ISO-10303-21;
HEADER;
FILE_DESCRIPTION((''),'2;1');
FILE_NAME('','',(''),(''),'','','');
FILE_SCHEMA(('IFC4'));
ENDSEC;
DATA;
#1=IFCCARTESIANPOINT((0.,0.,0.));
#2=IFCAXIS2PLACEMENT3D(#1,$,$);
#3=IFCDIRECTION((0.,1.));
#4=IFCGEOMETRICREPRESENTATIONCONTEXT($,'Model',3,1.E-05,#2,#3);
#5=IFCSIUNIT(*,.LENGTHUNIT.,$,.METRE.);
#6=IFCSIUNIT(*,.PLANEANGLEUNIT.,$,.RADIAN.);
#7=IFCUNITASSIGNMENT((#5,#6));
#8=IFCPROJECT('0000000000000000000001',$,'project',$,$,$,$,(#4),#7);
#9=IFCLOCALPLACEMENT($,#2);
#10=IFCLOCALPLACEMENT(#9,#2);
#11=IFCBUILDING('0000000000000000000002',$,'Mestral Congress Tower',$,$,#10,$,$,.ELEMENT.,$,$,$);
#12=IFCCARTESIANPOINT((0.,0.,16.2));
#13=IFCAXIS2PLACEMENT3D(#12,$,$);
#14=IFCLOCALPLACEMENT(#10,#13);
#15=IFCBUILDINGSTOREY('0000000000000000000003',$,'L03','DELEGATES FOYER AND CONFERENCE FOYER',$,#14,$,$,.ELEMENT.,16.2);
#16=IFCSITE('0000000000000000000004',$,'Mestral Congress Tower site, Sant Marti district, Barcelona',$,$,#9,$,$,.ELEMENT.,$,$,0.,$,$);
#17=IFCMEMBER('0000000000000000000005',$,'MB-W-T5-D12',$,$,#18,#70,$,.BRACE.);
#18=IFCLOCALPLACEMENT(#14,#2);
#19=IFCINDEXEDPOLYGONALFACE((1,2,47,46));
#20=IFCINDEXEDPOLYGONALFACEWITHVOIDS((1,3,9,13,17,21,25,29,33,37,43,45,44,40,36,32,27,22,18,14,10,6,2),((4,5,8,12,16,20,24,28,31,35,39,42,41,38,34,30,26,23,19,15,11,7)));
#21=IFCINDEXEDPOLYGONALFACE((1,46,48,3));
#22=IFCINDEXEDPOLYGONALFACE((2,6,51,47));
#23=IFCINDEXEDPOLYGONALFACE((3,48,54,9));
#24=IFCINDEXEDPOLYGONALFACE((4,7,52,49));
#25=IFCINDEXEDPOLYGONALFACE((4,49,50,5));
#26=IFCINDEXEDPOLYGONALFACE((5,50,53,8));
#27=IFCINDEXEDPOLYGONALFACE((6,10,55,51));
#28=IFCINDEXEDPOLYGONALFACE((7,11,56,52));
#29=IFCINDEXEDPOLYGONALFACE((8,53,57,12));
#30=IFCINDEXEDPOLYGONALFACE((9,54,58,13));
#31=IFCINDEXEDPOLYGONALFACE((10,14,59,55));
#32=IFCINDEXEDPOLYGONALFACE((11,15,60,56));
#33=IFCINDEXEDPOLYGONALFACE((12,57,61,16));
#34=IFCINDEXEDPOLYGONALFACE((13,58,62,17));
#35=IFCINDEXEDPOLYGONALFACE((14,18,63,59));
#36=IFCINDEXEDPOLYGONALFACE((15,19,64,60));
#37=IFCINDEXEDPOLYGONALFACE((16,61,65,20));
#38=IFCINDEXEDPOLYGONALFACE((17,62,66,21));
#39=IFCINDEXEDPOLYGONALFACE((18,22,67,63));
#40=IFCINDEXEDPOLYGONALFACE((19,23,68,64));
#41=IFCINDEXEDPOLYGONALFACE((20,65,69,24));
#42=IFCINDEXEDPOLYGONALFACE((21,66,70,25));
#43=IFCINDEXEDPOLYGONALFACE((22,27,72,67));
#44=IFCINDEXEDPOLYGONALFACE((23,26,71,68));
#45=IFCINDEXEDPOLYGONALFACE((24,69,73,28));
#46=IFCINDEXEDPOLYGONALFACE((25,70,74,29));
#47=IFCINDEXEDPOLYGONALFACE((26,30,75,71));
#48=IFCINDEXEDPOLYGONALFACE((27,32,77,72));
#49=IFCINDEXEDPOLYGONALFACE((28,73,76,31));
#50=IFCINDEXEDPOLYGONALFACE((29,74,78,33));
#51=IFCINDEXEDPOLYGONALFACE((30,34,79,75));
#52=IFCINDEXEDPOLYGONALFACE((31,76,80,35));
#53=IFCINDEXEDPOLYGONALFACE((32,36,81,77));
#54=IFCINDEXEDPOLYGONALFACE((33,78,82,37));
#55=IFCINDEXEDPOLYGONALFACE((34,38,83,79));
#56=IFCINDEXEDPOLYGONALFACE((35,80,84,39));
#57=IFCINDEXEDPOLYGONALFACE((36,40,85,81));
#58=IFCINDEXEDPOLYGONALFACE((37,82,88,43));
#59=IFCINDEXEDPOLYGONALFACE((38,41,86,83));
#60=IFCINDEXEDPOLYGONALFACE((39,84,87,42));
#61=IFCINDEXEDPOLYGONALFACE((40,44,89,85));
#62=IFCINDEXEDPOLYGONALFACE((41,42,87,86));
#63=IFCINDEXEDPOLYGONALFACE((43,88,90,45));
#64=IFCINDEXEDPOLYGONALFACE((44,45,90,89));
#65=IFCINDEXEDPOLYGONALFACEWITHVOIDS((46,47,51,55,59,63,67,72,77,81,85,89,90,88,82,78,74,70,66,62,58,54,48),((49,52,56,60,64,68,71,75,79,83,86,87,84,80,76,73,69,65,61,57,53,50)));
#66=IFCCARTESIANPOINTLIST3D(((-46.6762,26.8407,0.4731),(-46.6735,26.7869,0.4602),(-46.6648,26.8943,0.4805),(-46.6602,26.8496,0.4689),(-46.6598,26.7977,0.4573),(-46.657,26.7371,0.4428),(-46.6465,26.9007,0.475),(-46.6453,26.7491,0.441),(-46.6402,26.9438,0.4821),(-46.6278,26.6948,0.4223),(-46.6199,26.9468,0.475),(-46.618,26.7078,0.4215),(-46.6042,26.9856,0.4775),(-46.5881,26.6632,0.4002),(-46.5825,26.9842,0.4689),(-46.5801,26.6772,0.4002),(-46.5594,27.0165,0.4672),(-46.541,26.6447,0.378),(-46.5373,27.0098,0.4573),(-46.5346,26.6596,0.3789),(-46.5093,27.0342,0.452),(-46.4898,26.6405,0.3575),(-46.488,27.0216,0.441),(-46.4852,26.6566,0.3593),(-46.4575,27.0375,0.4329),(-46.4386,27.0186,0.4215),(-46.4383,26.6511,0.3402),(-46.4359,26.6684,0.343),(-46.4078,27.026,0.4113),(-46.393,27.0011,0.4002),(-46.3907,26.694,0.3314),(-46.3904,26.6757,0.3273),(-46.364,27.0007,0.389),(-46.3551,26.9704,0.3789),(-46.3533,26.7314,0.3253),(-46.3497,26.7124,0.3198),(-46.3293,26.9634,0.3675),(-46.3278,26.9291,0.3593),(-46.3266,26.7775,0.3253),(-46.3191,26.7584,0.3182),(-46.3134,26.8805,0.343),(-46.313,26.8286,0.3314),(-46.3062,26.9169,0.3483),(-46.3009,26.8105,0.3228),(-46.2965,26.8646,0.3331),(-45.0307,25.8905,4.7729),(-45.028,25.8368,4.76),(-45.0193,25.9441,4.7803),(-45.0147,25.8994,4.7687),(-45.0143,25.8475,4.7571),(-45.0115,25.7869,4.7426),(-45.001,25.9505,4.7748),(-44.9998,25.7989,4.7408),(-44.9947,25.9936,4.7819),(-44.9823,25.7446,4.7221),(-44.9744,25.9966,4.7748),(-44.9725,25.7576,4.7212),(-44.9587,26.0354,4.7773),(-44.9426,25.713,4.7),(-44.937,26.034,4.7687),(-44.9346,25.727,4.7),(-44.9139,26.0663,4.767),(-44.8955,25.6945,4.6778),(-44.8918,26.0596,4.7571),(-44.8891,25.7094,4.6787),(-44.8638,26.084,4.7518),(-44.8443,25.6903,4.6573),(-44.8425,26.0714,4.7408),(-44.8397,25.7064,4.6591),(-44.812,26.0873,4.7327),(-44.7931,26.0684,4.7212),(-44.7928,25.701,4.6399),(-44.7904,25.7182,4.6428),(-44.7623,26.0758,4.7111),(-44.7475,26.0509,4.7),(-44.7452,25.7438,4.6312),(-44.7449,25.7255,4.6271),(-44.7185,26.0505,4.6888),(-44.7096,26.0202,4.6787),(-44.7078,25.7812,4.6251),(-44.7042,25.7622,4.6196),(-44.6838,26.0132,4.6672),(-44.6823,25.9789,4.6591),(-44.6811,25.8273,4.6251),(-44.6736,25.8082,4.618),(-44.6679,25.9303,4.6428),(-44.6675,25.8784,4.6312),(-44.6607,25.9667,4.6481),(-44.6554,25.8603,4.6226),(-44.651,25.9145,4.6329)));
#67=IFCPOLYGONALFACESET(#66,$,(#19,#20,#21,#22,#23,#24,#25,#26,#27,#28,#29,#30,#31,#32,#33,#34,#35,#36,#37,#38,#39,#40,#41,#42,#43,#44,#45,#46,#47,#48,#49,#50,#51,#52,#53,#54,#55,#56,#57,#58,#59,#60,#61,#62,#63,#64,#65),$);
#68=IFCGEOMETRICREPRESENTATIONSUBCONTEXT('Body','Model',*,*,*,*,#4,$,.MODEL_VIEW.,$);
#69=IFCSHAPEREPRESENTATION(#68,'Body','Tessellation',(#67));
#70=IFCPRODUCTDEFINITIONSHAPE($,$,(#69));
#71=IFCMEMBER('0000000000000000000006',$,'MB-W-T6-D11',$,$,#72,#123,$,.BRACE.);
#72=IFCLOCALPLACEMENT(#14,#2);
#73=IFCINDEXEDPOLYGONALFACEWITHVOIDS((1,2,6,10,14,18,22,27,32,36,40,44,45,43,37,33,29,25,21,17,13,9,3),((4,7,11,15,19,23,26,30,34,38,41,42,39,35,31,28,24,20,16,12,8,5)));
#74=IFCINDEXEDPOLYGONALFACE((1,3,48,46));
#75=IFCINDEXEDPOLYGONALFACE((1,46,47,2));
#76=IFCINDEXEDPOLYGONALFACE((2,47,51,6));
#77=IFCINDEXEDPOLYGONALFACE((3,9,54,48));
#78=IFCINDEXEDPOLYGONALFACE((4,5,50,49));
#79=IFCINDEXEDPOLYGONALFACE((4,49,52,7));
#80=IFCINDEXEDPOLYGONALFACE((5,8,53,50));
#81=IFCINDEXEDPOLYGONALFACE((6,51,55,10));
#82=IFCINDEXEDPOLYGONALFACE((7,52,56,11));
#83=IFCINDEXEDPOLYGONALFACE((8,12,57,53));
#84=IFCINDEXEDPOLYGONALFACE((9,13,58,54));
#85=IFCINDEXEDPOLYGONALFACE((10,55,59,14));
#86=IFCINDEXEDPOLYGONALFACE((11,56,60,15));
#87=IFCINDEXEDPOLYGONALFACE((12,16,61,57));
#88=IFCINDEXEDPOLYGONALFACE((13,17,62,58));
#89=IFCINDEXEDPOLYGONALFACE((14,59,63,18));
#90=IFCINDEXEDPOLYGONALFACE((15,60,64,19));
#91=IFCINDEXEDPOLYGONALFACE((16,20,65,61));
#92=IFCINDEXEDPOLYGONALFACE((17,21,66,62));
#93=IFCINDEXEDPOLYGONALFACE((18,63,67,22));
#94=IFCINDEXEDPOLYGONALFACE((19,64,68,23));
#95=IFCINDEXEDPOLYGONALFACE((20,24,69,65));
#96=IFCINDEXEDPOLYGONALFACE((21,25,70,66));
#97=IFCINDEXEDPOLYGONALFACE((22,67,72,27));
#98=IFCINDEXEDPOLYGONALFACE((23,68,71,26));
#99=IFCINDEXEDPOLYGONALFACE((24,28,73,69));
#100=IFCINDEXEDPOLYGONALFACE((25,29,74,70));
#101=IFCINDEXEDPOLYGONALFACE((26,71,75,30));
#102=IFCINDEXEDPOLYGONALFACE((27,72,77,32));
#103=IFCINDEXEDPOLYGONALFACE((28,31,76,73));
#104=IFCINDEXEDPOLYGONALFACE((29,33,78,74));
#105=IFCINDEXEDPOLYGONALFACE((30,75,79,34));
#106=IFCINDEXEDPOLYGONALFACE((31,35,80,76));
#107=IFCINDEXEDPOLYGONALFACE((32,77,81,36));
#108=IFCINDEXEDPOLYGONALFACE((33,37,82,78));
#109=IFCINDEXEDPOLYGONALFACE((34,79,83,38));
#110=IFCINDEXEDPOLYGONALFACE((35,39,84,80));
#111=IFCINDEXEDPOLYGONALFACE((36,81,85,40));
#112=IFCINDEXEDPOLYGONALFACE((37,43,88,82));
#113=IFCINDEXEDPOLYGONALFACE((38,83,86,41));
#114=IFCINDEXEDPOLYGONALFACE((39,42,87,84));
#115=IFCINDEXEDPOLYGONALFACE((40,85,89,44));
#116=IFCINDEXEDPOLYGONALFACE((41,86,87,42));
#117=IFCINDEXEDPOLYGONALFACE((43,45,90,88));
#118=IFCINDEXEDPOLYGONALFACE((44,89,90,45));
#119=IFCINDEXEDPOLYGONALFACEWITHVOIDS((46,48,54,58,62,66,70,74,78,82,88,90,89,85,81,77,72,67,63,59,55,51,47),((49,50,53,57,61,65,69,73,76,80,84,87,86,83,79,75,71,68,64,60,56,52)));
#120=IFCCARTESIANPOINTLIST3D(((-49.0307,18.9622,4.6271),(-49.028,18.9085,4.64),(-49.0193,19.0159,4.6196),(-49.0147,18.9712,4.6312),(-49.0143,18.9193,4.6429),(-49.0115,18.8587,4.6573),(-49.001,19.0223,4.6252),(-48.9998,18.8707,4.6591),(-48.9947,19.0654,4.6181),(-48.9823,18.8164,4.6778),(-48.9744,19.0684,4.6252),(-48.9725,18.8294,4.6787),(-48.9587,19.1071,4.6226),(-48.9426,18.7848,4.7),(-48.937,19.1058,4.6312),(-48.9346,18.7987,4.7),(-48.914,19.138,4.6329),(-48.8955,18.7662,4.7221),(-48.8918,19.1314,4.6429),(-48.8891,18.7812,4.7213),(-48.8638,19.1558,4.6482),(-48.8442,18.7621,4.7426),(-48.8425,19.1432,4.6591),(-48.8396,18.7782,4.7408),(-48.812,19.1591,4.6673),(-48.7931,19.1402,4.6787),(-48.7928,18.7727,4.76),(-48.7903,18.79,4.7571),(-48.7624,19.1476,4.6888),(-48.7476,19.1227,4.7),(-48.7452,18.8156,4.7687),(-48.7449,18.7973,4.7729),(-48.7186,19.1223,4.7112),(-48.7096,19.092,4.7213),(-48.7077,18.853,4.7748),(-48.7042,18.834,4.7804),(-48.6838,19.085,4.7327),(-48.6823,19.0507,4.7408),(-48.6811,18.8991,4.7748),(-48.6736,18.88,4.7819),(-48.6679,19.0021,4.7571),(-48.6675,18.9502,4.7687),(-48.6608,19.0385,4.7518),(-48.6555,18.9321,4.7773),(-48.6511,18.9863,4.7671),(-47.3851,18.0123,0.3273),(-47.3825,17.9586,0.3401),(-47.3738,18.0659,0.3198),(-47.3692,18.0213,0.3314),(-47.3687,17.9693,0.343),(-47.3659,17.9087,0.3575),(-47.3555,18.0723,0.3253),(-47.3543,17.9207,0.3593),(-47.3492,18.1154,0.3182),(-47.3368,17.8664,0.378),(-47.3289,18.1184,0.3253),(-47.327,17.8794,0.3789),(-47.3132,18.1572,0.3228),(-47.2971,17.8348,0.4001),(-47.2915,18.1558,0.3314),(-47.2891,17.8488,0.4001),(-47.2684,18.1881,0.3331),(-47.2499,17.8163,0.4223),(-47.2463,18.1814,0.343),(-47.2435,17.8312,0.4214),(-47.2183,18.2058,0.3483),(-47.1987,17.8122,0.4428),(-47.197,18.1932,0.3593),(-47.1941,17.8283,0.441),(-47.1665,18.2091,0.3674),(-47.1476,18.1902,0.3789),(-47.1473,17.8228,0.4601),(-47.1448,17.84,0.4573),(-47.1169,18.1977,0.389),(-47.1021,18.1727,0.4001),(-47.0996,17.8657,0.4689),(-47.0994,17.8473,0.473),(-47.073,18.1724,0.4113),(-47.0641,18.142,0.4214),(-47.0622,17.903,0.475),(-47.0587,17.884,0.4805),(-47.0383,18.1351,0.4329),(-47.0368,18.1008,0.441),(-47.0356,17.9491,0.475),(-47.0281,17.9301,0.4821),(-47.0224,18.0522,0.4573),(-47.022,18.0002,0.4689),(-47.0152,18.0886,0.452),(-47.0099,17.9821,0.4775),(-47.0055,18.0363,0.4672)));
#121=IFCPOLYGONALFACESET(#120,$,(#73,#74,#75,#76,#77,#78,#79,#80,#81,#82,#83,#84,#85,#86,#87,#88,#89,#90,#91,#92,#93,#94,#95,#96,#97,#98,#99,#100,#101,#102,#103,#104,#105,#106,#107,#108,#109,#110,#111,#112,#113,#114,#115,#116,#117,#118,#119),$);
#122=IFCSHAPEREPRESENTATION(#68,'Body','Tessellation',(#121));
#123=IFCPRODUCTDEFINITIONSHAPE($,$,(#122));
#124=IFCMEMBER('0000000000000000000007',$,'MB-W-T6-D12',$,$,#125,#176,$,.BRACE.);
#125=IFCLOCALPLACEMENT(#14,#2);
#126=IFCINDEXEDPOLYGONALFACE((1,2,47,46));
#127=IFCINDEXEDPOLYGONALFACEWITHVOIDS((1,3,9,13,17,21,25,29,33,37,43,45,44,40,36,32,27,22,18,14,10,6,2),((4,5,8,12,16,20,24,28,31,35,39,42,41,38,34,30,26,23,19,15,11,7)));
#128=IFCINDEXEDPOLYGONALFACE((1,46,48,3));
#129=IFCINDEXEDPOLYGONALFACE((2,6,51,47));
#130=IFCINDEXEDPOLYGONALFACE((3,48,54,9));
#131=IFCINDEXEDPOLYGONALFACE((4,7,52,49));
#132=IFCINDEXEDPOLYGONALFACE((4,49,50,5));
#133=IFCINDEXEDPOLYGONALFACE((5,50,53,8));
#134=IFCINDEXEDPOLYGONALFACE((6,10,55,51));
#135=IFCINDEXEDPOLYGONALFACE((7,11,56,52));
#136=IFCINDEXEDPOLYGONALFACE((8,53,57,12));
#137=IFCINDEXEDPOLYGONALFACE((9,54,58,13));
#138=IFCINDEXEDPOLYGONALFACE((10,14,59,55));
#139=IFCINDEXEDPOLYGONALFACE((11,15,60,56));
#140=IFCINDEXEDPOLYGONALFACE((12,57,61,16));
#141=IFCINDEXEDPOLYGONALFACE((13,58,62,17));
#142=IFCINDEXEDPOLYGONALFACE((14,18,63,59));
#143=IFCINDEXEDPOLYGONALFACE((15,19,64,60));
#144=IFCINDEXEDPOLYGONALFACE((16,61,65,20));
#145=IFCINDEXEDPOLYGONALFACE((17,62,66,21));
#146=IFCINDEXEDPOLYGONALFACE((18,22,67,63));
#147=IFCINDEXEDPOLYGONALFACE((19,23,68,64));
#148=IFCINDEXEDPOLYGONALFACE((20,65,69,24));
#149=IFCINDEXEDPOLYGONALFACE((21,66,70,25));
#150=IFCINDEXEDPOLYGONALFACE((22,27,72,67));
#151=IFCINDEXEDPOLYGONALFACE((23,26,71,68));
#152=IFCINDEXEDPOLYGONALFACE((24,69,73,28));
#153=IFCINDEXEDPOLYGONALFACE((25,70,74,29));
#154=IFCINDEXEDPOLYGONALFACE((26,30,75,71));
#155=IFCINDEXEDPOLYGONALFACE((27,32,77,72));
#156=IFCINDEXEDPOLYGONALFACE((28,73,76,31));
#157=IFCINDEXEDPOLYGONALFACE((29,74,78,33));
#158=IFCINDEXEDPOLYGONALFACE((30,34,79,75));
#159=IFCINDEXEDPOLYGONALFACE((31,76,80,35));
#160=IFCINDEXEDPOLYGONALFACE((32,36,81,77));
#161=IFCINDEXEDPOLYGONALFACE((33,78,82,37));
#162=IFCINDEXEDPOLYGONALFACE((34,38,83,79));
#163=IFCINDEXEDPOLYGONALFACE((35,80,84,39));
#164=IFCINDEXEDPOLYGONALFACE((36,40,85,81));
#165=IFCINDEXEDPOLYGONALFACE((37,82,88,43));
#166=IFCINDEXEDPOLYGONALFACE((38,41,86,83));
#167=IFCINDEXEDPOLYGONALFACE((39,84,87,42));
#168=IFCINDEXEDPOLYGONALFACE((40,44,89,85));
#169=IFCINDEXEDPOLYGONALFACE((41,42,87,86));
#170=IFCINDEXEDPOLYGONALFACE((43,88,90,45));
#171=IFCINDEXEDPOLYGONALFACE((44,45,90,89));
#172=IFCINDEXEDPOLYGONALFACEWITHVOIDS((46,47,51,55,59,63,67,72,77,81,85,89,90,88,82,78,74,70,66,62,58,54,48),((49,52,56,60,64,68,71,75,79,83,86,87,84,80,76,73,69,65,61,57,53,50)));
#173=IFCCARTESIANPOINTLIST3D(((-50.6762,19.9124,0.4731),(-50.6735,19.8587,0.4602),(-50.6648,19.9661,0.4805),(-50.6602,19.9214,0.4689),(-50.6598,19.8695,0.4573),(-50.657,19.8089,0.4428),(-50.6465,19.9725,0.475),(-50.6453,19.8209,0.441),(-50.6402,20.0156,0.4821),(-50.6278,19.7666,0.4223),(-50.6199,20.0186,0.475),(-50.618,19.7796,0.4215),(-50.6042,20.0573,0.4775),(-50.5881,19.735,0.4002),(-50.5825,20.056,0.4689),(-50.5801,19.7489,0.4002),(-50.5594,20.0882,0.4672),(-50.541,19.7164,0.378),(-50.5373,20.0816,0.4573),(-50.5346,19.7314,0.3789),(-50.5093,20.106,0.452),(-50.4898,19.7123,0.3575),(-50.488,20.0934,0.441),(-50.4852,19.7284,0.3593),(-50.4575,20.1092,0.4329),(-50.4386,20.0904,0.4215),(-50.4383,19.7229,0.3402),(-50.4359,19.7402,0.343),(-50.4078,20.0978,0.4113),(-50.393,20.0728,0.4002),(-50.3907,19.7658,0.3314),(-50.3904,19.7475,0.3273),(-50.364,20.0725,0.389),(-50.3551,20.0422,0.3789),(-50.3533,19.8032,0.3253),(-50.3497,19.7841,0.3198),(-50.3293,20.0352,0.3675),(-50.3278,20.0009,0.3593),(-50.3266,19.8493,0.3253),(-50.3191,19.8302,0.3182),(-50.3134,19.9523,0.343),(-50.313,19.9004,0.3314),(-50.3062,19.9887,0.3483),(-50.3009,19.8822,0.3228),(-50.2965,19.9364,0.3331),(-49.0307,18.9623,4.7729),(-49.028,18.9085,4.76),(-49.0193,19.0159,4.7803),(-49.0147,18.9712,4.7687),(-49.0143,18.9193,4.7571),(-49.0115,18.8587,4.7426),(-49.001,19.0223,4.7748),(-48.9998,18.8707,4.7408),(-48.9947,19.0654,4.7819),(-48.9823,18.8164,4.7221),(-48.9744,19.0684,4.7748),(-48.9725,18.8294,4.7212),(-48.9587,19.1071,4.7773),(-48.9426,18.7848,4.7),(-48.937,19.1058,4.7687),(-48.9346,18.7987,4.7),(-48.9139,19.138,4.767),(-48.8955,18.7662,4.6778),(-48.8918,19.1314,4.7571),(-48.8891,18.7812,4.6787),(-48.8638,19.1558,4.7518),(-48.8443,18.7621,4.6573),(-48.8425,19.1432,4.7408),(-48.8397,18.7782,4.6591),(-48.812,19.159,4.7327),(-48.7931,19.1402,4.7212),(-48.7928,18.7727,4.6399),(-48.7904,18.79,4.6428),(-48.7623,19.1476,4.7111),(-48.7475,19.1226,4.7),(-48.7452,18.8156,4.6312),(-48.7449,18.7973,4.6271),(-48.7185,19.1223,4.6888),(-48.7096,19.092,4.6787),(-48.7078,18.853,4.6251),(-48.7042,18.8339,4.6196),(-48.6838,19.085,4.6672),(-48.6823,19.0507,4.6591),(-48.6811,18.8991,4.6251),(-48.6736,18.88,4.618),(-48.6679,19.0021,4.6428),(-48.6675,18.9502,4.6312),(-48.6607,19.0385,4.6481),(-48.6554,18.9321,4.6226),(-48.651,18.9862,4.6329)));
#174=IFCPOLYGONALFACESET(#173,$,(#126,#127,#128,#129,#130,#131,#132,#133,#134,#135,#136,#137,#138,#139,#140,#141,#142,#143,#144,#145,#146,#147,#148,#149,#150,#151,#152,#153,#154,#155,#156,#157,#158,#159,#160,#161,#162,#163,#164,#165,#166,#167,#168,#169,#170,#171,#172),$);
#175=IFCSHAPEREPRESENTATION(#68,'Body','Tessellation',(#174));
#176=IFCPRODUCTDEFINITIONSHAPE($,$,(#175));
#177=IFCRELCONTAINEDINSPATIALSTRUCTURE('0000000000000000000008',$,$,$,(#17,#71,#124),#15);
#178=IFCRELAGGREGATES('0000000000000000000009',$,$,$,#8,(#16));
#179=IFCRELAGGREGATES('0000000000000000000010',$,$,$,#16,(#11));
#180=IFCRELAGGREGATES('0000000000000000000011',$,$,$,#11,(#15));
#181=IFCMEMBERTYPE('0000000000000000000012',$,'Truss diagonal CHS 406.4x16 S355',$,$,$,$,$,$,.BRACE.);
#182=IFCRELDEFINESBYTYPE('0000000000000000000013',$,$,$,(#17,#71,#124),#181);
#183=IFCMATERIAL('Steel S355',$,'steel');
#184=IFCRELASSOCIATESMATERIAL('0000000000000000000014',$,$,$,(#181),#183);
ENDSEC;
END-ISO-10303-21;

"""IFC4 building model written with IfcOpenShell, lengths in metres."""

from ifc_helpers import new_model, si_unit, direction, frame, origin, origin_2d, place, context, subcontext, project, spatial, hollow_circle, extrude, material, material_profile, profile_set, type_object, element, save


model = new_model("IFC4")

# Units and contexts
model_context = context("Model", 3, precision=1e-05, world=origin(), true_north=direction((0.0, 1.0)))
body_context = subcontext(model_context, "Body", "Model", "MODEL_VIEW")
ifc_project = project(units=[si_unit("LENGTHUNIT", "METRE"), si_unit("PLANEANGLEUNIT", "RADIAN")], contexts=[model_context])

# Site, building, storey
site_placement = place(None, origin())
site = spatial("IfcSite", under=ifc_project, at=site_placement, Name="Mestral Congress Tower site, Sant Marti district, Barcelona", CompositionType="ELEMENT", RefElevation=0.0)
building_placement = place(site_placement, origin())
building = spatial("IfcBuilding", under=site, at=building_placement, Name="Mestral Congress Tower", CompositionType="ELEMENT")
storey_placement = place(building_placement, frame((0.0, 0.0, 16.2)))
storey = spatial("IfcBuildingStorey", under=building, at=storey_placement, Name="L03", Description="DELEGATES FOYER AND CONFERENCE FOYER", CompositionType="ELEMENT", Elevation=16.2)

# Members
ifc_material = material(Name="Steel S355", Category="steel")
ifc_material_profile_1 = material_profile(ifc_material, hollow_circle(Radius=0.2031, WallThickness=0.0161, at=origin_2d()), Name="CHS 406.4x16")
ifc_profile_set_1 = profile_set([ifc_material_profile_1], Name="Steel S355")
member_type_1 = type_object("IfcMemberType", Name="Truss diagonal CHS 406.4x16 S355", PredefinedType="BRACE", material=ifc_profile_set_1)
for number, where, z_axis, x_axis, name in (
    (1, (-44.8411, 25.8889, 4.7), (-0.350038, 0.202129, -0.914668), (-0.500064, -0.865989, 0.0), "MB-W-T5-D12"),
    (2, (-47.1956, 18.0107, 0.4001), (-0.350041, 0.202079, 0.914678), (-0.499967, -0.866044, 0.0), "MB-W-T6-D11"),
    (3, (-48.8411, 18.9607, 4.7), (-0.350038, 0.202129, -0.914668), (-0.500064, -0.865989, 0.0), "MB-W-T6-D12"),
):
    element("IfcMember", number, at=place(storey_placement, frame(where, z_axis=z_axis, x_axis=x_axis)), inside=storey, type_object=member_type_1, Name=name, PredefinedType="BRACE", context=body_context, shape_type="SweptSolid", body=[
        extrude(hollow_circle(Radius=0.2031, WallThickness=0.0161, at=origin_2d()), origin(), (0.0, 0.0, 1.0), 4.7009),
    ])

save(model, "model.ifc")
